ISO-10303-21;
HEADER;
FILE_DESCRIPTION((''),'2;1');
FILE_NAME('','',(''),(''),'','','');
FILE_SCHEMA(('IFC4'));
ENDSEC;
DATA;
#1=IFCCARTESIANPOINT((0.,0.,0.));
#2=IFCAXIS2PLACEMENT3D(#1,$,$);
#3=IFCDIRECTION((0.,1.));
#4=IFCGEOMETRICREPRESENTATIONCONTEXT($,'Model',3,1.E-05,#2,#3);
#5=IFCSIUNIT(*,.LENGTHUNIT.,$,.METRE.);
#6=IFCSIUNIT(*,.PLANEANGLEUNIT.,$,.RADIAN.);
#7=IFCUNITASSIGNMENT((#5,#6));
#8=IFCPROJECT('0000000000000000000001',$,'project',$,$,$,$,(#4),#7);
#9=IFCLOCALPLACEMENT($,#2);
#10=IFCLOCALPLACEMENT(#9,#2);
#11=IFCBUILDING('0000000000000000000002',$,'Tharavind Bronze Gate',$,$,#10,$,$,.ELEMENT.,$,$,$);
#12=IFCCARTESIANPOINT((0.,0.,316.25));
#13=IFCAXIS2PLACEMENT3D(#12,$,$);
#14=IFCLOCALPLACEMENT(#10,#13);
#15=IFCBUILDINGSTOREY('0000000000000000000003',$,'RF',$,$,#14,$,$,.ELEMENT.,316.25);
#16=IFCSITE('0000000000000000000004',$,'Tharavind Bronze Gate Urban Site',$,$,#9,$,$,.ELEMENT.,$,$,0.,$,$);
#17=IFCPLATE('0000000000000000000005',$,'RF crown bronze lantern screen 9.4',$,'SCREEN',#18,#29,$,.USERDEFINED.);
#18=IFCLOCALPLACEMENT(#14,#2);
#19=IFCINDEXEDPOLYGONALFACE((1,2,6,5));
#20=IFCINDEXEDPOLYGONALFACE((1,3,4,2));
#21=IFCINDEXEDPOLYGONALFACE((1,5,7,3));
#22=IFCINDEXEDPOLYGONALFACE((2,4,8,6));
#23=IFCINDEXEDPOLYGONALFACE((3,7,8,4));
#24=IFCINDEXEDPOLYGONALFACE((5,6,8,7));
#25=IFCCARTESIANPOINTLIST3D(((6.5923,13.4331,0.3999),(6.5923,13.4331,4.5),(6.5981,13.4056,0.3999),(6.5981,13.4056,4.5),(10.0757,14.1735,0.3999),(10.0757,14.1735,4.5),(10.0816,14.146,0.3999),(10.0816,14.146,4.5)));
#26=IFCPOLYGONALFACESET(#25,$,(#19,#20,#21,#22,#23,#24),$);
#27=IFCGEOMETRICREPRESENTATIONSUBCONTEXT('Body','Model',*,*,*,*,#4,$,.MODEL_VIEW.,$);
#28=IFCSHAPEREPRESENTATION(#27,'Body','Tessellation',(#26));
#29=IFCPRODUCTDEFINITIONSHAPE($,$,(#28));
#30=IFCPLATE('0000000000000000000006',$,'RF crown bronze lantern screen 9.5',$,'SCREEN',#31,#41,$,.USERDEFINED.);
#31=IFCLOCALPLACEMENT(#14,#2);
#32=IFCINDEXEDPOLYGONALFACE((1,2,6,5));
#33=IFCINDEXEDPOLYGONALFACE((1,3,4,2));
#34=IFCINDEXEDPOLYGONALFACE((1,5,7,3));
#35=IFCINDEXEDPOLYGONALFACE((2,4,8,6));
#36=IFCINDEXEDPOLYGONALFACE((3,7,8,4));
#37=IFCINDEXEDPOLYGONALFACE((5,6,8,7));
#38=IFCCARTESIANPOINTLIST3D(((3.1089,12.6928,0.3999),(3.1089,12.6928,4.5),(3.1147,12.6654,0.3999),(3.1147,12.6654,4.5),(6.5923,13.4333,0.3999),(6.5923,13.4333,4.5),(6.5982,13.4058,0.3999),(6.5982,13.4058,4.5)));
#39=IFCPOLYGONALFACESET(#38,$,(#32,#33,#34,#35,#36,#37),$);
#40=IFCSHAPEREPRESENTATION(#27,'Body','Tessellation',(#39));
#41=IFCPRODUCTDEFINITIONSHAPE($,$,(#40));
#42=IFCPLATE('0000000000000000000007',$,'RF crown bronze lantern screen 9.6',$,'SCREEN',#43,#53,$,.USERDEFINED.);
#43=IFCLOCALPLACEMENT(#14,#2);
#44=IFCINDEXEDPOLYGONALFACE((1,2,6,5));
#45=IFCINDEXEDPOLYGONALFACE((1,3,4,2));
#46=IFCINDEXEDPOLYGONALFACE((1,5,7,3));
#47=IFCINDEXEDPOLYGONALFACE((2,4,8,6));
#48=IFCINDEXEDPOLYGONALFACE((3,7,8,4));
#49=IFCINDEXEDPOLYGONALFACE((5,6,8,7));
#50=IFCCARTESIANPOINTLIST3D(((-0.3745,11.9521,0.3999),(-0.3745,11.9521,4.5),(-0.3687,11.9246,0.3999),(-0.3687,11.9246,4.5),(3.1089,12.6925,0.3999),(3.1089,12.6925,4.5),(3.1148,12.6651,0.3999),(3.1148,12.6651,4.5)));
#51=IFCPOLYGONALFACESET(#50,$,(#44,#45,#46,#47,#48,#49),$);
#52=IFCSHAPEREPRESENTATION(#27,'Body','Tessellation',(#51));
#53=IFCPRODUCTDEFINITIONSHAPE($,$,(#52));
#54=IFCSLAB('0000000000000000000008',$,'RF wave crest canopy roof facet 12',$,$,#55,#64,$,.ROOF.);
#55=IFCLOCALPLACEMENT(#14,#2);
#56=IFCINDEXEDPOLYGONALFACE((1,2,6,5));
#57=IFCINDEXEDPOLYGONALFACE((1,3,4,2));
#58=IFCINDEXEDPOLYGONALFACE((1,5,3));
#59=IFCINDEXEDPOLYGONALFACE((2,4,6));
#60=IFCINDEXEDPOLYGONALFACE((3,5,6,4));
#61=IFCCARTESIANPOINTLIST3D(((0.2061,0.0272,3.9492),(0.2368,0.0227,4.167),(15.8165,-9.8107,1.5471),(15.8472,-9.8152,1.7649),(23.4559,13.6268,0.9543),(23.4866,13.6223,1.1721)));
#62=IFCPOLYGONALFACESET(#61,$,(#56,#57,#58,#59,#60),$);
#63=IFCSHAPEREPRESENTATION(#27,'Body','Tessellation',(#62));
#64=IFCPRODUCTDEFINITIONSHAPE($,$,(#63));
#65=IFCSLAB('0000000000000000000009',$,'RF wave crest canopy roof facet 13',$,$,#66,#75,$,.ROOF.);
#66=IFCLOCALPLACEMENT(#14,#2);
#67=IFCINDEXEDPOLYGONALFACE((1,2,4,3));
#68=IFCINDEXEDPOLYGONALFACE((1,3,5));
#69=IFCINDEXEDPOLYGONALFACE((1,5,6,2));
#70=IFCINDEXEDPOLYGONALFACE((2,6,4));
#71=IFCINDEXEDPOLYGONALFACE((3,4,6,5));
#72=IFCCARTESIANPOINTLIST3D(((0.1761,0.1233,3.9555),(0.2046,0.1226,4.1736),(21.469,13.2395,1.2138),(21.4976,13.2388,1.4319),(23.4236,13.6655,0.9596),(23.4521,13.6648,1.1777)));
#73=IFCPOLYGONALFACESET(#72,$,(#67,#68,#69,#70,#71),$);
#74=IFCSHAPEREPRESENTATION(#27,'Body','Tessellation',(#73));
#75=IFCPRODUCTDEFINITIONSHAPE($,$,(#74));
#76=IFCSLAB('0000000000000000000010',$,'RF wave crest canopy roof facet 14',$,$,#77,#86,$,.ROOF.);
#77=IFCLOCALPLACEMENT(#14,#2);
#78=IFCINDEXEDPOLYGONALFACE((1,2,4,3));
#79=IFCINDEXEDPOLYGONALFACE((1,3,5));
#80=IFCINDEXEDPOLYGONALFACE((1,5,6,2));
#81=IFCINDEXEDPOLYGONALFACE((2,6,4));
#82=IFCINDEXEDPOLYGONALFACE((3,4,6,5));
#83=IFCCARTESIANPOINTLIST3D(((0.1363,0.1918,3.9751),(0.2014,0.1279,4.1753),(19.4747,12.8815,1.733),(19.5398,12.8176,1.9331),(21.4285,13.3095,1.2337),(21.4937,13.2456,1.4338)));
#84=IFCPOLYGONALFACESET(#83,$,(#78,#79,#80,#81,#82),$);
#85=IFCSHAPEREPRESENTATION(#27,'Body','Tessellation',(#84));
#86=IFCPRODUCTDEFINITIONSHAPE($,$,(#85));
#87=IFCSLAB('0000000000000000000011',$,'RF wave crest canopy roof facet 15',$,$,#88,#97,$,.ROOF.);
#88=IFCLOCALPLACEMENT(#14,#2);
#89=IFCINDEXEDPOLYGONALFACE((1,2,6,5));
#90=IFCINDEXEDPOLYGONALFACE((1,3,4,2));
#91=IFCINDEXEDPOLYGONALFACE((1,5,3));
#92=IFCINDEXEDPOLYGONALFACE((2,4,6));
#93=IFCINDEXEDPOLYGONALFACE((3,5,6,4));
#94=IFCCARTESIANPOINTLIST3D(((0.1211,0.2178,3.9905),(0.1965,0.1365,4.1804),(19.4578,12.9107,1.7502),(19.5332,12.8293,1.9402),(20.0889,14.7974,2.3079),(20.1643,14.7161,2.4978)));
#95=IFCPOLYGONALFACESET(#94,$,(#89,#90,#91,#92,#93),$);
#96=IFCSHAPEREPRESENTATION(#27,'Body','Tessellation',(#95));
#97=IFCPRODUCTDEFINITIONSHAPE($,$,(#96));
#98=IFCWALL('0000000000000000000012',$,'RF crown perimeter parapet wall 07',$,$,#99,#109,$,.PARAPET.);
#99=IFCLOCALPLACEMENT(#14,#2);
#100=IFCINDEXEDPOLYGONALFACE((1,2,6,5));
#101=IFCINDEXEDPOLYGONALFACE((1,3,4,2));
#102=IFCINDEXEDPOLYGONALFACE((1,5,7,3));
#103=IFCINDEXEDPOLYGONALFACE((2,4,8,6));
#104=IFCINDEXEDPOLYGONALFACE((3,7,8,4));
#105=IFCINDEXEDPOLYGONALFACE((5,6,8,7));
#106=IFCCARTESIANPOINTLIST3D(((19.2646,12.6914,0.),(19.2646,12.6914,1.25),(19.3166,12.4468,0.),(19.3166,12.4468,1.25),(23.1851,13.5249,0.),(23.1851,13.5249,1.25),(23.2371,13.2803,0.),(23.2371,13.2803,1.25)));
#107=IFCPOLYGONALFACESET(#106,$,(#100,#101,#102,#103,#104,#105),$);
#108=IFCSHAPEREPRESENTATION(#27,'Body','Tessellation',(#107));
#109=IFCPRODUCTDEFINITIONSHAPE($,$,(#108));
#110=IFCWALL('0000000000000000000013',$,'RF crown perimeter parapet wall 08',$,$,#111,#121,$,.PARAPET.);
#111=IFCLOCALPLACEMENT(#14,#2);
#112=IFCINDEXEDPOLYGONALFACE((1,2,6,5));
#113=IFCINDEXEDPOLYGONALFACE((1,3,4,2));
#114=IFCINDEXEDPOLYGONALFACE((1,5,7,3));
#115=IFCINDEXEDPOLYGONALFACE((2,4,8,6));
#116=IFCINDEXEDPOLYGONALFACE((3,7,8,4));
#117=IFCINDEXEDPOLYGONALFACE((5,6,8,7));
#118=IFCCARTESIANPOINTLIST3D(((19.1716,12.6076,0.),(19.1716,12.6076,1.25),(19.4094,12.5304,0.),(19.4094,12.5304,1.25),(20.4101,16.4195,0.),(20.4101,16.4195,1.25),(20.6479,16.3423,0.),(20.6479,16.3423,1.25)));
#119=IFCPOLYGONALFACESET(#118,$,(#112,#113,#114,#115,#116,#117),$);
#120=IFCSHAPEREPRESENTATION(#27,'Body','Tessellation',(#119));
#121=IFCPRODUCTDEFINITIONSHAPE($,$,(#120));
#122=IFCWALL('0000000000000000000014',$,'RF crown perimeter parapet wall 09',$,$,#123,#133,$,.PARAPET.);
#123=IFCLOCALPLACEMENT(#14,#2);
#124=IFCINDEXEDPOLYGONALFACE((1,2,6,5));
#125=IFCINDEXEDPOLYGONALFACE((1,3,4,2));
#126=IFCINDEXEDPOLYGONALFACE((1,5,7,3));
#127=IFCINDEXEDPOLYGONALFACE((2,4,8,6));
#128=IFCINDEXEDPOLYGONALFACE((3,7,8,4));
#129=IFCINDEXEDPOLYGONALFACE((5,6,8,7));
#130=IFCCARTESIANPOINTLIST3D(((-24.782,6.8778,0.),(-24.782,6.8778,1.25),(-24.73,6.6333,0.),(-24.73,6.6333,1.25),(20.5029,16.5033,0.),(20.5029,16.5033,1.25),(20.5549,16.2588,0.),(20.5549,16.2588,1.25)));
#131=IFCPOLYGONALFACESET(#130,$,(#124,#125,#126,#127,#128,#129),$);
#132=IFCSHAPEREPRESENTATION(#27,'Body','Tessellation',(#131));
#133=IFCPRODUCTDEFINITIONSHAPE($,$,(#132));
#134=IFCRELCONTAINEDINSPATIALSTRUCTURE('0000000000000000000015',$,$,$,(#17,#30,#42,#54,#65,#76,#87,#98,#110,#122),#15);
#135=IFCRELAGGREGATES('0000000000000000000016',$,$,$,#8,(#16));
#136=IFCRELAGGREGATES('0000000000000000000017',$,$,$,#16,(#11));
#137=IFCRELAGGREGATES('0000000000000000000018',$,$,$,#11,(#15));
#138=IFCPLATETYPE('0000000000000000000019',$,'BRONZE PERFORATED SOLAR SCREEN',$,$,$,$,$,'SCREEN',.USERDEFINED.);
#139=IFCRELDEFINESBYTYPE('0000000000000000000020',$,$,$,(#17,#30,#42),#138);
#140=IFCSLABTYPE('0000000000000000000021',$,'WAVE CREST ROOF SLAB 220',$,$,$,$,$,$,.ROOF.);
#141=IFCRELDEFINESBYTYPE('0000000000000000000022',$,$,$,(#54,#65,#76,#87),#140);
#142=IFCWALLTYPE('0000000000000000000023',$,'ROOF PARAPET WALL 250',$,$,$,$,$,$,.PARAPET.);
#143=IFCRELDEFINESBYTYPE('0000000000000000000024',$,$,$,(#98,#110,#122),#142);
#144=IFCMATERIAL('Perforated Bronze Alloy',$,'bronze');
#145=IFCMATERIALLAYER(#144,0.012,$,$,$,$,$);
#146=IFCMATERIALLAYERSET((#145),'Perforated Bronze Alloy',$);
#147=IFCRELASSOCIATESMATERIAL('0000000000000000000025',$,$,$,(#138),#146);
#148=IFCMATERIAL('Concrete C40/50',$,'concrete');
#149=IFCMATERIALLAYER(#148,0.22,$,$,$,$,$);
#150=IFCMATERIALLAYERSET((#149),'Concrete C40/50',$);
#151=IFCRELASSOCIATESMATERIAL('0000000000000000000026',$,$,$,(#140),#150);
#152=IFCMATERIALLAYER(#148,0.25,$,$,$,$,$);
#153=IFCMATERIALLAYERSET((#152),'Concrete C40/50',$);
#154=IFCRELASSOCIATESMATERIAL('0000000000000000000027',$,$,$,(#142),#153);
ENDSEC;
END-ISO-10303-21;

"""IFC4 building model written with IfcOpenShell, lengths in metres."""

from ifc_helpers import new_model, si_unit, direction, frame, frame_2d, origin, origin_2d, place, context, subcontext, project, spatial, polyline, rectangle, outline, extrude, material, layer, layer_set, type_object, element, save


model = new_model("IFC4")

# Units and contexts
model_context = context("Model", 3, precision=1e-05, world=origin(), true_north=direction((0.0, 1.0)))
body_context = subcontext(model_context, "Body", "Model", "MODEL_VIEW")
ifc_project = project(units=[si_unit("LENGTHUNIT", "METRE"), si_unit("PLANEANGLEUNIT", "RADIAN")], contexts=[model_context])

# Site, building, storey
site_placement = place(None, origin())
site = spatial("IfcSite", under=ifc_project, at=site_placement, Name="Tharavind Bronze Gate Urban Site", CompositionType="ELEMENT", RefElevation=0.0)
building_placement = place(site_placement, origin())
building = spatial("IfcBuilding", under=site, at=building_placement, Name="Tharavind Bronze Gate", CompositionType="ELEMENT")
storey_placement = place(building_placement, frame((0.0, 0.0, 316.25)))
storey = spatial("IfcBuildingStorey", under=building, at=storey_placement, Name="RF", CompositionType="ELEMENT", Elevation=316.25)

# Plates
ifc_material_1 = material(Name="Perforated Bronze Alloy", Category="bronze")
ifc_layer_1 = layer(ifc_material_1, 0.012)
ifc_layer_set_1 = layer_set([ifc_layer_1], Name="Perforated Bronze Alloy")
plate_type = type_object("IfcPlateType", Name="BRONZE PERFORATED SOLAR SCREEN", ElementType="SCREEN", PredefinedType="USERDEFINED", material=ifc_layer_set_1)
for number, where, z_axis, x_axis, name in (
    (1, (8.3369, 13.7896, 0.3999), (0.0, 0.0, 1.0), (-0.978148, -0.207912, 0.0), "RF crown bronze lantern screen 9.4"),
    (2, (4.8535, 13.0493, 0.3999), (0.0, 0.0, 1.0), (-0.978148, -0.207912, 0.0), "RF crown bronze lantern screen 9.5"),
    (3, (1.3701, 12.3086, 0.3999), (0.0, 0.0, 1.0), (-0.978148, -0.207912, 0.0), "RF crown bronze lantern screen 9.6"),
):
    element("IfcPlate", number, at=place(storey_placement, frame(where, z_axis=z_axis, x_axis=x_axis)), inside=storey, type_object=plate_type, Name=name, ObjectType="SCREEN", PredefinedType="USERDEFINED", context=body_context, shape_type="SweptSolid", body=[
        extrude(rectangle(XDim=3.5613, YDim=0.0281, at=origin_2d()), origin(), (0.0, 0.0, 1.0), 4.1001),
    ])

# Slabs
ifc_material_2 = material(Name="Concrete C40/50", Category="concrete")
ifc_layer_2 = layer(ifc_material_2, 0.22)
ifc_layer_set_2 = layer_set([ifc_layer_2], Name="Concrete C40/50")
slab_type = type_object("IfcSlabType", Name="WAVE CREST ROOF SLAB 220", PredefinedType="ROOF", material=ifc_layer_set_2)
slab_1_placement = place(storey_placement, frame((0.2368, 0.0227, 4.167), z_axis=(0.139472, -0.020422, 0.990015), x_axis=(0.83893, -0.528707, -0.129093)))
element("IfcSlab", 4, at=slab_1_placement, inside=storey, type_object=slab_type, Name="RF wave crest canopy roof facet 12", PredefinedType="ROOF", context=body_context, shape_type="SweptSolid", body=[
    extrude(outline(polyline([(0.0, 0.0), (18.6075, 0.0), (12.7013, 23.9405), (0.0, 0.0)])), origin(), (0.0, 0.0, -1.0), 0.22),
])
slab_2_placement = place(storey_placement, frame((0.2046, 0.1226, 4.1736), z_axis=(0.129618, -0.003156, 0.991559), x_axis=(0.858776, 0.500257, -0.110668)))
element("IfcSlab", 5, at=slab_2_placement, inside=storey, type_object=slab_type, Name="RF wave crest canopy roof facet 13", PredefinedType="ROOF", context=body_context, shape_type="SweptSolid", body=[
    extrude(outline(polyline([(0.0, 0.0), (27.0706, 0.0), (25.1508, 0.6171), (0.0, 0.0)])), origin(), (0.0, 0.0, -1.0), 0.22),
])
slab_3_placement = place(storey_placement, frame((0.2014, 0.1279, 4.1753), z_axis=(0.296141, -0.290531, 0.909886), x_axis=(0.846325, 0.521402, -0.108968)))
element("IfcSlab", 6, at=slab_3_placement, inside=storey, type_object=slab_type, Name="RF wave crest canopy roof facet 14", PredefinedType="ROOF", context=body_context, shape_type="SweptSolid", body=[
    extrude(outline(polyline([(0.0, 0.0), (25.1585, 0.0), (23.2273, 0.7216), (0.0, 0.0)])), origin(), (0.0, 0.0, -1.0), 0.22),
])
slab_4_placement = place(storey_placement, frame((0.1965, 0.1365, 4.1804), z_axis=(0.34284, -0.369888, 0.863507), x_axis=(0.832091, 0.546197, -0.096401)))
element("IfcSlab", 7, at=slab_4_placement, inside=storey, type_object=slab_type, Name="RF wave crest canopy roof facet 15", PredefinedType="ROOF", context=body_context, shape_type="SweptSolid", body=[
    extrude(outline(polyline([(0.0, 0.0), (23.2386, 0.0), (24.7405, 1.4189), (0.0, 0.0)])), origin(), (0.0, 0.0, -1.0), 0.22),
])

# Walls
ifc_layer_3 = layer(ifc_material_2, 0.25)
ifc_layer_set_3 = layer_set([ifc_layer_3], Name="Concrete C40/50")
wall_type = type_object("IfcWallType", Name="ROOF PARAPET WALL 250", PredefinedType="PARAPET", material=ifc_layer_set_3)
for number, where, z_axis, x_axis, name in (
    (8, (23.2109, 13.4026, 0.0), (0.0, 0.0, 1.0), (-0.978138, -0.207956, 0.0), "RF crown perimeter parapet wall 07"),
    (9, (19.2905, 12.5691, 0.0), (0.0, 0.0, 1.0), (0.309001, 0.951062, 0.0), "RF crown perimeter parapet wall 08"),
):
    element("IfcWall", number, at=place(storey_placement, frame(where, z_axis=z_axis, x_axis=x_axis)), inside=storey, type_object=wall_type, Name=name, PredefinedType="PARAPET", context=body_context, shape_type="SweptSolid", body=[
        extrude(rectangle(XDim=4.0081, YDim=0.25, at=frame_2d((2.0039, 0.0))), origin(), (0.0, 0.0, 1.0), 1.25),
    ])
wall_placement = place(storey_placement, frame((20.5291, 16.3811, 0.0), z_axis=(0.0, 0.0, 1.0), x_axis=(-0.978148, -0.207909, 0.0)))
element("IfcWall", 10, at=wall_placement, inside=storey, type_object=wall_type, Name="RF crown perimeter parapet wall 09", PredefinedType="PARAPET", context=body_context, shape_type="SweptSolid", body=[
    extrude(rectangle(XDim=46.2966, YDim=0.25, at=frame_2d((23.1484, 0.0))), origin(), (0.0, 0.0, 1.0), 1.25),
])

save(model, "model.ifc")
